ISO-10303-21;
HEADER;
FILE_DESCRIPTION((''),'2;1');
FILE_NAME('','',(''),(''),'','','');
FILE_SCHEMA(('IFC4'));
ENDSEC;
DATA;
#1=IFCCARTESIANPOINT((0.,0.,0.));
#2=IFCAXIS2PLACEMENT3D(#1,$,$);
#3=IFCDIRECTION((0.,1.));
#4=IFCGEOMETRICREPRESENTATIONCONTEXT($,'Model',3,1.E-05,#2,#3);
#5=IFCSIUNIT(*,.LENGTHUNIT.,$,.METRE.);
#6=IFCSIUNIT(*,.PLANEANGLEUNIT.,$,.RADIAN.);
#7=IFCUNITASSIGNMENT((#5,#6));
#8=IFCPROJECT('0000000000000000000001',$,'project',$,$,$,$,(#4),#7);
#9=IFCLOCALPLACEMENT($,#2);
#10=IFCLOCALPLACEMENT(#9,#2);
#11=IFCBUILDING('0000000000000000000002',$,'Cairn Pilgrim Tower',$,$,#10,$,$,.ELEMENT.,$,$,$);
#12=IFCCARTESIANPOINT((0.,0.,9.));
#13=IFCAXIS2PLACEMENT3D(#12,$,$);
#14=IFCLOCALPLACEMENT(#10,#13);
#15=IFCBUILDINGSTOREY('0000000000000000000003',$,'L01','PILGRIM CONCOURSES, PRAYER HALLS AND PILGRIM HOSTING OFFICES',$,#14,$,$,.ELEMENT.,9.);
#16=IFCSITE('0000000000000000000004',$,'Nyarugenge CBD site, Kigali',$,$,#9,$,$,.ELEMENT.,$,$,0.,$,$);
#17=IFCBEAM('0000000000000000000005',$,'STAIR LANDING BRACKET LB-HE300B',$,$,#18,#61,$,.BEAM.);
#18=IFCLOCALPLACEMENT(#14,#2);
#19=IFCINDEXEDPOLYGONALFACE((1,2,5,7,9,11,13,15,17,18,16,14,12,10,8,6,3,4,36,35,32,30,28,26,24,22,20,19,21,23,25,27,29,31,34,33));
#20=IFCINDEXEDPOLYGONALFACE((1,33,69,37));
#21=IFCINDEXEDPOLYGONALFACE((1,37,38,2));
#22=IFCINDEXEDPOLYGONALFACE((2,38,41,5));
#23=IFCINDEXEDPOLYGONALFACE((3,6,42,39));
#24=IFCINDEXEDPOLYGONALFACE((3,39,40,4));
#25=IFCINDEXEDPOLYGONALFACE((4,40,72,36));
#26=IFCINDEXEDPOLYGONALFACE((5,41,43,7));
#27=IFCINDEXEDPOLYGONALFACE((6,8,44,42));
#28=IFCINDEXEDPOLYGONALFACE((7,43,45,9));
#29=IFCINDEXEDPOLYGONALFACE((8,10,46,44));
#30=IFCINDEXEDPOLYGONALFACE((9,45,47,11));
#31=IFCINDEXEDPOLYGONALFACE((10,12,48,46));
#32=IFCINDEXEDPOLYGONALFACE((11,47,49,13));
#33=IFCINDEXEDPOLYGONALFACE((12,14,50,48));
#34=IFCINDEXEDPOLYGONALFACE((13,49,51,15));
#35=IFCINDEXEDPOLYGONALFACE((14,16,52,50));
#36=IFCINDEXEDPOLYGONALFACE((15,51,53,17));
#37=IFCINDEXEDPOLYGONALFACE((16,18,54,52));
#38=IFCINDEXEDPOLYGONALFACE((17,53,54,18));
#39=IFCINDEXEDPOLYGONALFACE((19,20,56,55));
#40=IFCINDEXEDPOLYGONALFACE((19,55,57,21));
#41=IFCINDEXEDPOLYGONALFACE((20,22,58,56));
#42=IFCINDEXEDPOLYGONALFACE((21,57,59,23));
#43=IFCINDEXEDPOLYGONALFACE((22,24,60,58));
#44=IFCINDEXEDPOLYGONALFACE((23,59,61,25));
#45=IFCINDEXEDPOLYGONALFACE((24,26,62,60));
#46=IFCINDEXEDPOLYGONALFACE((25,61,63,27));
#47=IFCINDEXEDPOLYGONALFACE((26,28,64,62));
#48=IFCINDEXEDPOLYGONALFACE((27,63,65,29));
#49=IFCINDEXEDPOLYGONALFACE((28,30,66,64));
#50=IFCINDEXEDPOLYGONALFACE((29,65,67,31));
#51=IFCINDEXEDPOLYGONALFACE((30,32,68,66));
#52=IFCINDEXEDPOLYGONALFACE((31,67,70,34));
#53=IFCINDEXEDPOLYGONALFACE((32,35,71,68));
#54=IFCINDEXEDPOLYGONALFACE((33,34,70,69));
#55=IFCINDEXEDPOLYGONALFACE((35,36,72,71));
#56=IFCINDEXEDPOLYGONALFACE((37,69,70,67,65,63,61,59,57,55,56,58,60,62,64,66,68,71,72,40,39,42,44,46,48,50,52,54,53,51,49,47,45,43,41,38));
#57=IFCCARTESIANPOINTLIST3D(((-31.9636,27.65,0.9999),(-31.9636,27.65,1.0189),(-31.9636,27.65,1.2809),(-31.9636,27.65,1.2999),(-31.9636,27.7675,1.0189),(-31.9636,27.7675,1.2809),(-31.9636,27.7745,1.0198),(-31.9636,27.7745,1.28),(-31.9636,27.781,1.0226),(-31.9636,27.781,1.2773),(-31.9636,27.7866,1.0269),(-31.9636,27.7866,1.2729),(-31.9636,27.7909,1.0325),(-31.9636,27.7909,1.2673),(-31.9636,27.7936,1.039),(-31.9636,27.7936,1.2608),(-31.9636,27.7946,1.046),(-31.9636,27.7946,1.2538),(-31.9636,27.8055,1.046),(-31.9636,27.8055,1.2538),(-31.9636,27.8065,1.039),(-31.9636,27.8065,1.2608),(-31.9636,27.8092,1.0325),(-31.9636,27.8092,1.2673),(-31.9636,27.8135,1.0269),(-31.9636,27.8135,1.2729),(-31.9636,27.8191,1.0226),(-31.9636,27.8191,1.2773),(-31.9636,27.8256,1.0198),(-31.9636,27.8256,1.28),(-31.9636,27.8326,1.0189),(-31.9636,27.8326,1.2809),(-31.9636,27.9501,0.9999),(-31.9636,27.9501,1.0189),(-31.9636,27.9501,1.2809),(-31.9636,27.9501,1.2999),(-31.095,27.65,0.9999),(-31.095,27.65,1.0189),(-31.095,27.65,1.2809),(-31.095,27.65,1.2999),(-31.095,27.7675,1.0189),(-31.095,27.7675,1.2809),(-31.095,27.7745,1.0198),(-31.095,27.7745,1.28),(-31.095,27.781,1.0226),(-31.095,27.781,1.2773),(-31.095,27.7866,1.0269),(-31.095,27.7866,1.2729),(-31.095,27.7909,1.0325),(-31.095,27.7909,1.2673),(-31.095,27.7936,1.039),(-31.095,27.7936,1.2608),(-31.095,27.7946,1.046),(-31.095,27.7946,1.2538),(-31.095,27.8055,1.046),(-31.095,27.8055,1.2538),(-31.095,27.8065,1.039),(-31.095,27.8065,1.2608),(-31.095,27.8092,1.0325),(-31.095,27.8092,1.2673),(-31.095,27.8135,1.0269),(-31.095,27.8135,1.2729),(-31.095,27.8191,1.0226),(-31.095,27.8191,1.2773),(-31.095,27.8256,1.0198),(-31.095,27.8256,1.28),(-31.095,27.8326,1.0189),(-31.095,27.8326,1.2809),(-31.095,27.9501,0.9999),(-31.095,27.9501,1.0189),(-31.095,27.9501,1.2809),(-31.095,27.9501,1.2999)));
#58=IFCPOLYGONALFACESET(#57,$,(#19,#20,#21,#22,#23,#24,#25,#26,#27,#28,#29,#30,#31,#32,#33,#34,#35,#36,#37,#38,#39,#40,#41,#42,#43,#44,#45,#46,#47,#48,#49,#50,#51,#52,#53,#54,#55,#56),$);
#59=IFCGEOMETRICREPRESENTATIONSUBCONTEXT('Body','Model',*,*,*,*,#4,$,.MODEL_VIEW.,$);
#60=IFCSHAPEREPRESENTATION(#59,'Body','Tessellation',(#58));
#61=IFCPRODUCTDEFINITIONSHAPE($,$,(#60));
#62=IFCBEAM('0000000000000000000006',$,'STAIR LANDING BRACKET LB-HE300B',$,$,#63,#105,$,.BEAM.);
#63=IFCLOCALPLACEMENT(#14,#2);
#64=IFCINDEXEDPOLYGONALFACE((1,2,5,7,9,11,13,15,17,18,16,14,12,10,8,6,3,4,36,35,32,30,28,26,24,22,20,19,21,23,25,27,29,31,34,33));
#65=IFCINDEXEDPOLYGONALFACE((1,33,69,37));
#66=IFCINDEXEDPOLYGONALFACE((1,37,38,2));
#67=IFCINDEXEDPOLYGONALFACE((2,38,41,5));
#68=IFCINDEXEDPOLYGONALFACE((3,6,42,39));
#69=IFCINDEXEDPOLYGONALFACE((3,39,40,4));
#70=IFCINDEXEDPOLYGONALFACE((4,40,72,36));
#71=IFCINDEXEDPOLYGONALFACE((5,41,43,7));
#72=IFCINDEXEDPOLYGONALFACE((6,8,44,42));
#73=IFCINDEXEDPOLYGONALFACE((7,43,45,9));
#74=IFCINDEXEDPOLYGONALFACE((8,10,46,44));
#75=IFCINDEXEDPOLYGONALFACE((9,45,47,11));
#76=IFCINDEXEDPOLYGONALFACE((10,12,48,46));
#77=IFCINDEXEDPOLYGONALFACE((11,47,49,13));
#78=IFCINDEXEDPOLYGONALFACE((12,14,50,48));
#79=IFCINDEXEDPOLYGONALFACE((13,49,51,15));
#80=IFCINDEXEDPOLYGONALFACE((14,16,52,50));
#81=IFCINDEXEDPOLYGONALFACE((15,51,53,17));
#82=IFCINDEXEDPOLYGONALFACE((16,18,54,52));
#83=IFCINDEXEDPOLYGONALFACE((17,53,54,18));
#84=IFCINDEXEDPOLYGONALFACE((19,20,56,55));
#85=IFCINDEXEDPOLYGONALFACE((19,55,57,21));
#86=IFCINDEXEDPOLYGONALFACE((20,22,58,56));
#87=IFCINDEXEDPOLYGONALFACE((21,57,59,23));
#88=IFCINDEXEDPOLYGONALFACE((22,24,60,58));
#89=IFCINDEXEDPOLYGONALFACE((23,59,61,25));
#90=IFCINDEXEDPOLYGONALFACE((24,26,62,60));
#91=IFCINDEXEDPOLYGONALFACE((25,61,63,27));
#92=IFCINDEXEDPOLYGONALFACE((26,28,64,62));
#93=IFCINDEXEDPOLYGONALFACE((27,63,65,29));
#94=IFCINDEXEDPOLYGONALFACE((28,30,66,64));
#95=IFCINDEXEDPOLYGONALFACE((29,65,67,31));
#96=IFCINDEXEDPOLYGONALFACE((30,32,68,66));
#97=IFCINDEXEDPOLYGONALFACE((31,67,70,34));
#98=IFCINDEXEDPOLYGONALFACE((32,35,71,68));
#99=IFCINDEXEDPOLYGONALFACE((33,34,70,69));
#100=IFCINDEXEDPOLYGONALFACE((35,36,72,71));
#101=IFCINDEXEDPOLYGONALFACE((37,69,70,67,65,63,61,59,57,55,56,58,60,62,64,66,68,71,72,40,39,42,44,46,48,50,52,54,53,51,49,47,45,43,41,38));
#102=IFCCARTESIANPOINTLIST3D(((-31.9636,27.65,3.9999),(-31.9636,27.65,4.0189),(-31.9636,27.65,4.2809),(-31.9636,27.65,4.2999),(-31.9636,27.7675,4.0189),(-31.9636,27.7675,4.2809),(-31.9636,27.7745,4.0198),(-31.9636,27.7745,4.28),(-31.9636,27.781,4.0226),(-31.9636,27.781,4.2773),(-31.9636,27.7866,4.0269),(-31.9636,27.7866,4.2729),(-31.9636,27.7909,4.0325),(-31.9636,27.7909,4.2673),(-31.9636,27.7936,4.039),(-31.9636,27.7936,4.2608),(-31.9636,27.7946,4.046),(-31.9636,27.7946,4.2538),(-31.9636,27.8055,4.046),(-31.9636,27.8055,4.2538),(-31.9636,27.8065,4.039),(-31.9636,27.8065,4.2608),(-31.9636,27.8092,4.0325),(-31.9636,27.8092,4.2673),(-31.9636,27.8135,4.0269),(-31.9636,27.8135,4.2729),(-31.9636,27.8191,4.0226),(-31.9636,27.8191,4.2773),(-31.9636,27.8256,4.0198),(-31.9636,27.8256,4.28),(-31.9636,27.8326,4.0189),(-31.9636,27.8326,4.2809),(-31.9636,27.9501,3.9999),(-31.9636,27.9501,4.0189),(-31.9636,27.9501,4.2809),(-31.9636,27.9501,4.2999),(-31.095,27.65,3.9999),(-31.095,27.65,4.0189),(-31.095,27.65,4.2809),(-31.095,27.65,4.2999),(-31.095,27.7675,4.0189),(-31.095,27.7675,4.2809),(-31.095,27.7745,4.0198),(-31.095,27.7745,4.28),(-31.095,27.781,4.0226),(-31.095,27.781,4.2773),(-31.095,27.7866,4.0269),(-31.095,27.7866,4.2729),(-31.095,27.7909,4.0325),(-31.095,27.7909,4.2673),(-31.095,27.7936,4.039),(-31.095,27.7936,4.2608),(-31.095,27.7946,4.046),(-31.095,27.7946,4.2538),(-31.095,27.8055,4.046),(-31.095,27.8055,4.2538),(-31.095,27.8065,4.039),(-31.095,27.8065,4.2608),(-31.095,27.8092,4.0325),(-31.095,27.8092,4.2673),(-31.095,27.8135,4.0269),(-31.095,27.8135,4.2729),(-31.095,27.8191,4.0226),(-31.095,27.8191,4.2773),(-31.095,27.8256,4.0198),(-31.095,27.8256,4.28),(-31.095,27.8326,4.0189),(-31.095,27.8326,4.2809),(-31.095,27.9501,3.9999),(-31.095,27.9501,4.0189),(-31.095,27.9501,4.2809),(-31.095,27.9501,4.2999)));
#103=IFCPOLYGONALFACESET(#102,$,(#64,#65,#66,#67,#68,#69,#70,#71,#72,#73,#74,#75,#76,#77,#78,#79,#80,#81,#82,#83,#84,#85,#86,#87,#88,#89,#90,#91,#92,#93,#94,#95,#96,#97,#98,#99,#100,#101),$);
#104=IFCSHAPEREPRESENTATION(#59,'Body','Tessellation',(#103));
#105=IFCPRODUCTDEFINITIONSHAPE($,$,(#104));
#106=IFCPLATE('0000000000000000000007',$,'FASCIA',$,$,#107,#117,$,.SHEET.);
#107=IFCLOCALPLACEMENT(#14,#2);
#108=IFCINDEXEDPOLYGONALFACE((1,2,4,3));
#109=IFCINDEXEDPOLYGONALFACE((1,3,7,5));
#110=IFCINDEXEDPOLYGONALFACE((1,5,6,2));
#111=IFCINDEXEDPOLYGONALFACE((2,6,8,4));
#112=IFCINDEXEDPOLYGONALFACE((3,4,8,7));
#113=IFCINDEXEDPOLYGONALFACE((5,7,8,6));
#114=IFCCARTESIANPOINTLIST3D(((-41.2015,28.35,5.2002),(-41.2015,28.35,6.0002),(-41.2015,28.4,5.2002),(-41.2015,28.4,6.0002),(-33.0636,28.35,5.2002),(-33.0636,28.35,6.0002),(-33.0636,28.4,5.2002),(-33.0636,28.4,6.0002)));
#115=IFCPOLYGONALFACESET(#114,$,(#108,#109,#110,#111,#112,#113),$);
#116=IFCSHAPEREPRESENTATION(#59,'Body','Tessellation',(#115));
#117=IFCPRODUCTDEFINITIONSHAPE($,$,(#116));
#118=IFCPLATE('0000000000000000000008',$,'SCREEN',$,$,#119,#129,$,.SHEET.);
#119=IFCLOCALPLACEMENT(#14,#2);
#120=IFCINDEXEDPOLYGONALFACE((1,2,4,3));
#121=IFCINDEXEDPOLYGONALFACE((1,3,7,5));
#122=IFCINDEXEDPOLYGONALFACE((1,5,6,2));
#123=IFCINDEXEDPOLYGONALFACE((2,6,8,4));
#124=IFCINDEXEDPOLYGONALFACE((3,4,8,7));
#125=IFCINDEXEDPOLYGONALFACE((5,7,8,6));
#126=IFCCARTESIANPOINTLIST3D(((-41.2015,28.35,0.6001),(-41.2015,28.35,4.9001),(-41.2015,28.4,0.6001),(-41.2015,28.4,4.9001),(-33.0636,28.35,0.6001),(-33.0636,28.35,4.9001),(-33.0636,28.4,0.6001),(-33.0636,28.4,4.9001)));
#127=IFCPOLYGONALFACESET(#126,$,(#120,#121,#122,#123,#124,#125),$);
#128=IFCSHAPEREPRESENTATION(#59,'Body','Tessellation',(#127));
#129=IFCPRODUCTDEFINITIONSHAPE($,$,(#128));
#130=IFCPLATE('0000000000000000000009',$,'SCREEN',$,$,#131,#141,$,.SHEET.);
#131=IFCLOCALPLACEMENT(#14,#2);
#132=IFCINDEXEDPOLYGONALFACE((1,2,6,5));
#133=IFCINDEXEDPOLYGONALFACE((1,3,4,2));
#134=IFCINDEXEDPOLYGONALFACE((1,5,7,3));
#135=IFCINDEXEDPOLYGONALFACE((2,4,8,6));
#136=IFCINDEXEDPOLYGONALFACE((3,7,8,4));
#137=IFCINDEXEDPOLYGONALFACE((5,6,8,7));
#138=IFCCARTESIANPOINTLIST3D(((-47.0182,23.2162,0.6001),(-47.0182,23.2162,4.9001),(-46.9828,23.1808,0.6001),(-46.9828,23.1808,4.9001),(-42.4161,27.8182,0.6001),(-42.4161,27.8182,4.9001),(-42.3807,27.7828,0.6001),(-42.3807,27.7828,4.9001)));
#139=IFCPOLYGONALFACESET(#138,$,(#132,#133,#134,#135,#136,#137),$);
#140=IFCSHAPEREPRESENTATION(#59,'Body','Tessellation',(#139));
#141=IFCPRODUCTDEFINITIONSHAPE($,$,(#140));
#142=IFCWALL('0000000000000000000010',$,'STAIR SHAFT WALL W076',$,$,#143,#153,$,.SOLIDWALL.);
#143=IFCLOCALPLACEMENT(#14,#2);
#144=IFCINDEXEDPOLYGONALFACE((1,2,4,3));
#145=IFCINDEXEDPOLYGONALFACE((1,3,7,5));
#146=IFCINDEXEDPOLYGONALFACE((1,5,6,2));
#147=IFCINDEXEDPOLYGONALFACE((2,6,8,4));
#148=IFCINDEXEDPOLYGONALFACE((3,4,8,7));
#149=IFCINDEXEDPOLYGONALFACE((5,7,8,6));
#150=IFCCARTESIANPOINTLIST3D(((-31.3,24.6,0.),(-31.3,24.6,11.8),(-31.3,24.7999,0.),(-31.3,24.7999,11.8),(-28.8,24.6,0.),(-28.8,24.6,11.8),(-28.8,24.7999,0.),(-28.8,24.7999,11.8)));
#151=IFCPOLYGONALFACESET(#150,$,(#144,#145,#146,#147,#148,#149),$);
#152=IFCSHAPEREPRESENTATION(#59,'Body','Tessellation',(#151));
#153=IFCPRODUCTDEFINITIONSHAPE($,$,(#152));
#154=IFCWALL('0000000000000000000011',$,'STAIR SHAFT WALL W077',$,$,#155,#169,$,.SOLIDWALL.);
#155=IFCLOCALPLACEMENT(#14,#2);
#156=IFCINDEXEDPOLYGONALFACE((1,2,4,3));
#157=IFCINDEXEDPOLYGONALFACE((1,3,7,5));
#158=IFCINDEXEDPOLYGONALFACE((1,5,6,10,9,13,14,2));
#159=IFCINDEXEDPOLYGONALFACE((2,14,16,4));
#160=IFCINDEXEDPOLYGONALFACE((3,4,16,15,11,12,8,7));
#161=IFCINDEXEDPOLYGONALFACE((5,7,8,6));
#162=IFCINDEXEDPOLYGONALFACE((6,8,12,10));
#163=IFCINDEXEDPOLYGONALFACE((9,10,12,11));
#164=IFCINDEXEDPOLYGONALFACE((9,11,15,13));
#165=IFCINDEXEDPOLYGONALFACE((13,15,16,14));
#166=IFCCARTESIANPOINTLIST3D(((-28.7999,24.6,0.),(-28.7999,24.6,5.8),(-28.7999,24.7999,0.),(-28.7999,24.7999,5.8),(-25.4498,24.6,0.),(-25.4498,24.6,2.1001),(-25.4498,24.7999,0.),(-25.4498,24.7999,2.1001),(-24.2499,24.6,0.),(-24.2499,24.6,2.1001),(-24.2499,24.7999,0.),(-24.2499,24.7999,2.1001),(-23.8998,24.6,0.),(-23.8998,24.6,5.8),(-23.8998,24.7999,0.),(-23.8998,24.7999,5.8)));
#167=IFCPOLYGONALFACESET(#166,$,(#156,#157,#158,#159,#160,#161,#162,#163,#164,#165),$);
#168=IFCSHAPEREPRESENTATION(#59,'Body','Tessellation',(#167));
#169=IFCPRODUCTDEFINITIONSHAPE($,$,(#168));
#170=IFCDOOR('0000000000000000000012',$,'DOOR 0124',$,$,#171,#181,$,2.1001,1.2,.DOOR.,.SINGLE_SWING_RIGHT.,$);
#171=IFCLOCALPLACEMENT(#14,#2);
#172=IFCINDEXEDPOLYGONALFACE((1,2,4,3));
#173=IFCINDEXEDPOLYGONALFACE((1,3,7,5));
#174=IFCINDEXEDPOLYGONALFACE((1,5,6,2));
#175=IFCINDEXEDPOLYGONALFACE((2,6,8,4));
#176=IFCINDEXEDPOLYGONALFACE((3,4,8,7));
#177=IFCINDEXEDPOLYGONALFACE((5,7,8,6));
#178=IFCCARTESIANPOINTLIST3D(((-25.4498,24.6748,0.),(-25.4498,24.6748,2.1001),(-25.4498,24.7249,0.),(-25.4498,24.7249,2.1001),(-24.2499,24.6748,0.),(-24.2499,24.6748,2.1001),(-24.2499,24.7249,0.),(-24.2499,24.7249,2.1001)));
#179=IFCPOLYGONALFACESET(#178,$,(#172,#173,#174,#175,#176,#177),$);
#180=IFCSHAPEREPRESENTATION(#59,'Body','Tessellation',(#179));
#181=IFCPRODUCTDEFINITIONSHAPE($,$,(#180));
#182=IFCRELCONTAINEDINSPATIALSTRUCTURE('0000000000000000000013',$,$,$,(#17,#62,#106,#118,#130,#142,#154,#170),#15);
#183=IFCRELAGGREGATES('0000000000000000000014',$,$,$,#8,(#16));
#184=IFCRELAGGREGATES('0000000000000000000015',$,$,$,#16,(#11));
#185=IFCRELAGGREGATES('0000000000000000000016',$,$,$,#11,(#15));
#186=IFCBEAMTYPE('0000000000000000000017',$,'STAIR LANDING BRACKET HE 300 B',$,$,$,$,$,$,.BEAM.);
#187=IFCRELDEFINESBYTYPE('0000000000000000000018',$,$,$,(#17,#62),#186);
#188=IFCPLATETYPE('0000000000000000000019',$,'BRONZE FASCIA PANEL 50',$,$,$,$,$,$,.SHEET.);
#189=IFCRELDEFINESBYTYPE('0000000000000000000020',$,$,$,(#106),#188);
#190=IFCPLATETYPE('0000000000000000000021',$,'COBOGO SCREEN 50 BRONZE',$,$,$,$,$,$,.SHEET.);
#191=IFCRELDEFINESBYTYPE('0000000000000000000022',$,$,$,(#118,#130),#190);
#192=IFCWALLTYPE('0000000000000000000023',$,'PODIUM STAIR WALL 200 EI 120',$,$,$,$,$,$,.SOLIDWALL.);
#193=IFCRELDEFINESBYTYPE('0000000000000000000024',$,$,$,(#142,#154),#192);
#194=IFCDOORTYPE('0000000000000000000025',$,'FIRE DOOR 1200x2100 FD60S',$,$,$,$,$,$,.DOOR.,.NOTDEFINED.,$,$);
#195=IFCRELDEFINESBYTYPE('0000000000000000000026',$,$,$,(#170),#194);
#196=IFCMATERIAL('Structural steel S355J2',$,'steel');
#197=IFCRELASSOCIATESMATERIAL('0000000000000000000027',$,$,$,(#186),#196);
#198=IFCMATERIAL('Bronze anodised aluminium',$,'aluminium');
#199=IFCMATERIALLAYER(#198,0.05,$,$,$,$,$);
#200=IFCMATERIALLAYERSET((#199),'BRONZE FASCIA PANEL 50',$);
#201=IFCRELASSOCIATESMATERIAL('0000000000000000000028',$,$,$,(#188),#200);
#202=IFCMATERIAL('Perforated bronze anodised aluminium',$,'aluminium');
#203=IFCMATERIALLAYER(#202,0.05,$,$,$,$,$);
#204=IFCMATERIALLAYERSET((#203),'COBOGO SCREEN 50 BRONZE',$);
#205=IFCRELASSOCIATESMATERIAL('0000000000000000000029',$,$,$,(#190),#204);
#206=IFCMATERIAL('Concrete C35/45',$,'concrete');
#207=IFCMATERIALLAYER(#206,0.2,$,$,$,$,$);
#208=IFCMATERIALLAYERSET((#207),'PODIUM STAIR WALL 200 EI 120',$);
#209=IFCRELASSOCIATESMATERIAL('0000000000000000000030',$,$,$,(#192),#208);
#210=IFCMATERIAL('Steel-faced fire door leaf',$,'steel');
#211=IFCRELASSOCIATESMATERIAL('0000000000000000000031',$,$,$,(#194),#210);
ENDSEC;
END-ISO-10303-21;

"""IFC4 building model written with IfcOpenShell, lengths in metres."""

from ifc_helpers import new_model, si_unit, direction, frame, frame_2d, origin, origin_2d, place, context, subcontext, project, spatial, rectangle, i_section, extrude, material, layer, layer_set, material_profile, profile_set, type_object, element, fill, save


model = new_model("IFC4")

# Units and contexts
model_context = context("Model", 3, precision=1e-05, world=origin(), true_north=direction((0.0, 1.0)))
body_context = subcontext(model_context, "Body", "Model", "MODEL_VIEW")
ifc_project = project(units=[si_unit("LENGTHUNIT", "METRE"), si_unit("PLANEANGLEUNIT", "RADIAN")], contexts=[model_context])

# Site, building, storey
site_placement = place(None, origin())
site = spatial("IfcSite", under=ifc_project, at=site_placement, Name="Nyarugenge CBD site, Kigali", CompositionType="ELEMENT", RefElevation=0.0)
building_placement = place(site_placement, origin())
building = spatial("IfcBuilding", under=site, at=building_placement, Name="Cairn Pilgrim Tower", CompositionType="ELEMENT")
storey_placement = place(building_placement, frame((0.0, 0.0, 9.0)))
storey = spatial("IfcBuildingStorey", under=building, at=storey_placement, Name="L01", Description="PILGRIM CONCOURSES, PRAYER HALLS AND PILGRIM HOSTING OFFICES", CompositionType="ELEMENT", Elevation=9.0)

# Shared definitions
ifc_material_1 = material(Name="Structural steel S355J2", Category="steel")

# Beams
ifc_material_profile_1 = material_profile(ifc_material_1, i_section(OverallWidth=0.3, OverallDepth=0.3, WebThickness=0.011, FlangeThickness=0.019, FilletRadius=0.0271, at=origin_2d()), Name="HE 300 B")
ifc_profile_set_1 = profile_set([ifc_material_profile_1], Name="Structural steel S355J2")
beam_type_1 = type_object("IfcBeamType", Name="STAIR LANDING BRACKET HE 300 B", PredefinedType="BEAM", material=ifc_profile_set_1)
for number, where, z_axis, x_axis, name in (
    (1, (-31.9636, 27.8, 1.1499), (1.0, 0.0, 0.0), (0.0, 1.0, 0.0), "STAIR LANDING BRACKET LB-HE300B"),
    (2, (-31.9636, 27.8, 4.1499), (1.0, 0.0, 0.0), (0.0, 1.0, 0.0), "STAIR LANDING BRACKET LB-HE300B"),
):
    element("IfcBeam", number, at=place(storey_placement, frame(where, z_axis=z_axis, x_axis=x_axis)), inside=storey, type_object=beam_type_1, Name=name, PredefinedType="BEAM", context=body_context, shape_type="SweptSolid", body=[
        extrude(i_section(OverallWidth=0.3, OverallDepth=0.3, WebThickness=0.011, FlangeThickness=0.019, FilletRadius=0.0271, at=origin_2d()), origin(), (0.0, 0.0, 1.0), 0.8687),
    ])

# Plates
ifc_material_2 = material(Name="Bronze anodised aluminium", Category="aluminium")
ifc_layer_1 = layer(ifc_material_2, 0.05)
ifc_layer_set_1 = layer_set([ifc_layer_1], Name="BRONZE FASCIA PANEL 50")
plate_type_1 = type_object("IfcPlateType", Name="BRONZE FASCIA PANEL 50", PredefinedType="SHEET", material=ifc_layer_set_1)
plate_1_placement = place(storey_placement, frame((-37.1326, 28.375, 5.2002), z_axis=(0.0, 0.0, 1.0), x_axis=(-1.0, 0.0, 0.0)))
element("IfcPlate", 3, at=plate_1_placement, inside=storey, type_object=plate_type_1, Name="FASCIA", PredefinedType="SHEET", context=body_context, shape_type="SweptSolid", body=[
    extrude(rectangle(XDim=8.1379, YDim=0.05, at=origin_2d()), origin(), (0.0, 0.0, 1.0), 0.8),
])
ifc_material_3 = material(Name="Perforated bronze anodised aluminium", Category="aluminium")
ifc_layer_2 = layer(ifc_material_3, 0.05)
ifc_layer_set_2 = layer_set([ifc_layer_2], Name="COBOGO SCREEN 50 BRONZE")
plate_type_2 = type_object("IfcPlateType", Name="COBOGO SCREEN 50 BRONZE", PredefinedType="SHEET", material=ifc_layer_set_2)
plate_2_placement = place(storey_placement, frame((-37.1326, 28.375, 0.6001), z_axis=(0.0, 0.0, 1.0), x_axis=(-1.0, 0.0, 0.0)))
element("IfcPlate", 4, at=plate_2_placement, inside=storey, type_object=plate_type_2, Name="SCREEN", PredefinedType="SHEET", context=body_context, shape_type="SweptSolid", body=[
    extrude(rectangle(XDim=8.1379, YDim=0.05, at=origin_2d()), origin(), (0.0, 0.0, 1.0), 4.3),
])
plate_3_placement = place(storey_placement, frame((-44.6995, 25.4995, 0.6001), z_axis=(0.0, 0.0, 1.0), x_axis=(-0.707107, -0.707107, 0.0)))
element("IfcPlate", 5, at=plate_3_placement, inside=storey, type_object=plate_type_2, Name="SCREEN", PredefinedType="SHEET", context=body_context, shape_type="SweptSolid", body=[
    extrude(rectangle(XDim=6.5083, YDim=0.05, at=origin_2d()), origin(), (0.0, 0.0, 1.0), 4.3),
])

# Wall
ifc_material_4 = material(Name="Concrete C35/45", Category="concrete")
ifc_layer_3 = layer(ifc_material_4, 0.2)
ifc_layer_set_3 = layer_set([ifc_layer_3], Name="PODIUM STAIR WALL 200 EI 120")
wall_type_1 = type_object("IfcWallType", Name="PODIUM STAIR WALL 200 EI 120", PredefinedType="SOLIDWALL", material=ifc_layer_set_3)
wall_1_placement = place(storey_placement, frame((-31.3, 24.7, 0.0), z_axis=(0.0, 0.0, 1.0), x_axis=(1.0, 0.0, 0.0)))
element("IfcWall", 6, at=wall_1_placement, inside=storey, type_object=wall_type_1, Name="STAIR SHAFT WALL W076", PredefinedType="SOLIDWALL", context=body_context, shape_type="SweptSolid", body=[
    extrude(rectangle(XDim=2.5, YDim=0.2, at=frame_2d((1.25, 0.0))), origin(), (0.0, 0.0, 1.0), 11.8),
])

# Wall, opening, door
wall_2_placement = place(storey_placement, frame((-28.8, 24.7, 0.0), z_axis=(0.0, 0.0, 1.0), x_axis=(1.0, 0.0, 0.0)))
wall_2 = element("IfcWall", 7, at=wall_2_placement, inside=storey, type_object=wall_type_1, Name="STAIR SHAFT WALL W077", PredefinedType="SOLIDWALL", context=body_context, shape_type="SweptSolid", body=[
    extrude(rectangle(XDim=4.9001, YDim=0.2, at=frame_2d((2.4502, 0.0))), origin(), (0.0, 0.0, 1.0), 5.8),
])
opening_1_placement = place(wall_2_placement, frame((3.3501, 0.0, 0.0)))
opening_1 = element("IfcOpeningElement", 8, at=opening_1_placement, cuts=wall_2, PredefinedType="OPENING", context=body_context, shape_type="SweptSolid", body=[
    extrude(rectangle(XDim=1.2, YDim=2.1001, at=frame_2d((0.6001, 1.05))), frame((0.0, 0.1099, 0.0), z_axis=(0.0, -1.0, 0.0), x_axis=(1.0, 0.0, 0.0)), (0.0, 0.0, 1.0), 0.22),
])
ifc_material_5 = material(Name="Steel-faced fire door leaf", Category="steel")
door_type = type_object("IfcDoorType", Name="FIRE DOOR 1200x2100 FD60S", OperationType="NOTDEFINED", PredefinedType="DOOR", material=ifc_material_5)
door_placement = place(opening_1_placement, origin())
door = element("IfcDoor", 9, at=door_placement, inside=storey, type_object=door_type, Name="DOOR 0124", OperationType="SINGLE_SWING_RIGHT", OverallHeight=2.1001, OverallWidth=1.2, PredefinedType="DOOR", context=body_context, shape_type="SweptSolid", body=[
    extrude(rectangle(XDim=1.2, YDim=2.1001, at=frame_2d((0.6001, 1.05))), frame((0.0, 0.0249, 0.0), z_axis=(0.0, -1.0, 0.0), x_axis=(1.0, 0.0, 0.0)), (0.0, 0.0, 1.0), 0.05),
])
fill(opening_1, door)

save(model, "model.ifc")
